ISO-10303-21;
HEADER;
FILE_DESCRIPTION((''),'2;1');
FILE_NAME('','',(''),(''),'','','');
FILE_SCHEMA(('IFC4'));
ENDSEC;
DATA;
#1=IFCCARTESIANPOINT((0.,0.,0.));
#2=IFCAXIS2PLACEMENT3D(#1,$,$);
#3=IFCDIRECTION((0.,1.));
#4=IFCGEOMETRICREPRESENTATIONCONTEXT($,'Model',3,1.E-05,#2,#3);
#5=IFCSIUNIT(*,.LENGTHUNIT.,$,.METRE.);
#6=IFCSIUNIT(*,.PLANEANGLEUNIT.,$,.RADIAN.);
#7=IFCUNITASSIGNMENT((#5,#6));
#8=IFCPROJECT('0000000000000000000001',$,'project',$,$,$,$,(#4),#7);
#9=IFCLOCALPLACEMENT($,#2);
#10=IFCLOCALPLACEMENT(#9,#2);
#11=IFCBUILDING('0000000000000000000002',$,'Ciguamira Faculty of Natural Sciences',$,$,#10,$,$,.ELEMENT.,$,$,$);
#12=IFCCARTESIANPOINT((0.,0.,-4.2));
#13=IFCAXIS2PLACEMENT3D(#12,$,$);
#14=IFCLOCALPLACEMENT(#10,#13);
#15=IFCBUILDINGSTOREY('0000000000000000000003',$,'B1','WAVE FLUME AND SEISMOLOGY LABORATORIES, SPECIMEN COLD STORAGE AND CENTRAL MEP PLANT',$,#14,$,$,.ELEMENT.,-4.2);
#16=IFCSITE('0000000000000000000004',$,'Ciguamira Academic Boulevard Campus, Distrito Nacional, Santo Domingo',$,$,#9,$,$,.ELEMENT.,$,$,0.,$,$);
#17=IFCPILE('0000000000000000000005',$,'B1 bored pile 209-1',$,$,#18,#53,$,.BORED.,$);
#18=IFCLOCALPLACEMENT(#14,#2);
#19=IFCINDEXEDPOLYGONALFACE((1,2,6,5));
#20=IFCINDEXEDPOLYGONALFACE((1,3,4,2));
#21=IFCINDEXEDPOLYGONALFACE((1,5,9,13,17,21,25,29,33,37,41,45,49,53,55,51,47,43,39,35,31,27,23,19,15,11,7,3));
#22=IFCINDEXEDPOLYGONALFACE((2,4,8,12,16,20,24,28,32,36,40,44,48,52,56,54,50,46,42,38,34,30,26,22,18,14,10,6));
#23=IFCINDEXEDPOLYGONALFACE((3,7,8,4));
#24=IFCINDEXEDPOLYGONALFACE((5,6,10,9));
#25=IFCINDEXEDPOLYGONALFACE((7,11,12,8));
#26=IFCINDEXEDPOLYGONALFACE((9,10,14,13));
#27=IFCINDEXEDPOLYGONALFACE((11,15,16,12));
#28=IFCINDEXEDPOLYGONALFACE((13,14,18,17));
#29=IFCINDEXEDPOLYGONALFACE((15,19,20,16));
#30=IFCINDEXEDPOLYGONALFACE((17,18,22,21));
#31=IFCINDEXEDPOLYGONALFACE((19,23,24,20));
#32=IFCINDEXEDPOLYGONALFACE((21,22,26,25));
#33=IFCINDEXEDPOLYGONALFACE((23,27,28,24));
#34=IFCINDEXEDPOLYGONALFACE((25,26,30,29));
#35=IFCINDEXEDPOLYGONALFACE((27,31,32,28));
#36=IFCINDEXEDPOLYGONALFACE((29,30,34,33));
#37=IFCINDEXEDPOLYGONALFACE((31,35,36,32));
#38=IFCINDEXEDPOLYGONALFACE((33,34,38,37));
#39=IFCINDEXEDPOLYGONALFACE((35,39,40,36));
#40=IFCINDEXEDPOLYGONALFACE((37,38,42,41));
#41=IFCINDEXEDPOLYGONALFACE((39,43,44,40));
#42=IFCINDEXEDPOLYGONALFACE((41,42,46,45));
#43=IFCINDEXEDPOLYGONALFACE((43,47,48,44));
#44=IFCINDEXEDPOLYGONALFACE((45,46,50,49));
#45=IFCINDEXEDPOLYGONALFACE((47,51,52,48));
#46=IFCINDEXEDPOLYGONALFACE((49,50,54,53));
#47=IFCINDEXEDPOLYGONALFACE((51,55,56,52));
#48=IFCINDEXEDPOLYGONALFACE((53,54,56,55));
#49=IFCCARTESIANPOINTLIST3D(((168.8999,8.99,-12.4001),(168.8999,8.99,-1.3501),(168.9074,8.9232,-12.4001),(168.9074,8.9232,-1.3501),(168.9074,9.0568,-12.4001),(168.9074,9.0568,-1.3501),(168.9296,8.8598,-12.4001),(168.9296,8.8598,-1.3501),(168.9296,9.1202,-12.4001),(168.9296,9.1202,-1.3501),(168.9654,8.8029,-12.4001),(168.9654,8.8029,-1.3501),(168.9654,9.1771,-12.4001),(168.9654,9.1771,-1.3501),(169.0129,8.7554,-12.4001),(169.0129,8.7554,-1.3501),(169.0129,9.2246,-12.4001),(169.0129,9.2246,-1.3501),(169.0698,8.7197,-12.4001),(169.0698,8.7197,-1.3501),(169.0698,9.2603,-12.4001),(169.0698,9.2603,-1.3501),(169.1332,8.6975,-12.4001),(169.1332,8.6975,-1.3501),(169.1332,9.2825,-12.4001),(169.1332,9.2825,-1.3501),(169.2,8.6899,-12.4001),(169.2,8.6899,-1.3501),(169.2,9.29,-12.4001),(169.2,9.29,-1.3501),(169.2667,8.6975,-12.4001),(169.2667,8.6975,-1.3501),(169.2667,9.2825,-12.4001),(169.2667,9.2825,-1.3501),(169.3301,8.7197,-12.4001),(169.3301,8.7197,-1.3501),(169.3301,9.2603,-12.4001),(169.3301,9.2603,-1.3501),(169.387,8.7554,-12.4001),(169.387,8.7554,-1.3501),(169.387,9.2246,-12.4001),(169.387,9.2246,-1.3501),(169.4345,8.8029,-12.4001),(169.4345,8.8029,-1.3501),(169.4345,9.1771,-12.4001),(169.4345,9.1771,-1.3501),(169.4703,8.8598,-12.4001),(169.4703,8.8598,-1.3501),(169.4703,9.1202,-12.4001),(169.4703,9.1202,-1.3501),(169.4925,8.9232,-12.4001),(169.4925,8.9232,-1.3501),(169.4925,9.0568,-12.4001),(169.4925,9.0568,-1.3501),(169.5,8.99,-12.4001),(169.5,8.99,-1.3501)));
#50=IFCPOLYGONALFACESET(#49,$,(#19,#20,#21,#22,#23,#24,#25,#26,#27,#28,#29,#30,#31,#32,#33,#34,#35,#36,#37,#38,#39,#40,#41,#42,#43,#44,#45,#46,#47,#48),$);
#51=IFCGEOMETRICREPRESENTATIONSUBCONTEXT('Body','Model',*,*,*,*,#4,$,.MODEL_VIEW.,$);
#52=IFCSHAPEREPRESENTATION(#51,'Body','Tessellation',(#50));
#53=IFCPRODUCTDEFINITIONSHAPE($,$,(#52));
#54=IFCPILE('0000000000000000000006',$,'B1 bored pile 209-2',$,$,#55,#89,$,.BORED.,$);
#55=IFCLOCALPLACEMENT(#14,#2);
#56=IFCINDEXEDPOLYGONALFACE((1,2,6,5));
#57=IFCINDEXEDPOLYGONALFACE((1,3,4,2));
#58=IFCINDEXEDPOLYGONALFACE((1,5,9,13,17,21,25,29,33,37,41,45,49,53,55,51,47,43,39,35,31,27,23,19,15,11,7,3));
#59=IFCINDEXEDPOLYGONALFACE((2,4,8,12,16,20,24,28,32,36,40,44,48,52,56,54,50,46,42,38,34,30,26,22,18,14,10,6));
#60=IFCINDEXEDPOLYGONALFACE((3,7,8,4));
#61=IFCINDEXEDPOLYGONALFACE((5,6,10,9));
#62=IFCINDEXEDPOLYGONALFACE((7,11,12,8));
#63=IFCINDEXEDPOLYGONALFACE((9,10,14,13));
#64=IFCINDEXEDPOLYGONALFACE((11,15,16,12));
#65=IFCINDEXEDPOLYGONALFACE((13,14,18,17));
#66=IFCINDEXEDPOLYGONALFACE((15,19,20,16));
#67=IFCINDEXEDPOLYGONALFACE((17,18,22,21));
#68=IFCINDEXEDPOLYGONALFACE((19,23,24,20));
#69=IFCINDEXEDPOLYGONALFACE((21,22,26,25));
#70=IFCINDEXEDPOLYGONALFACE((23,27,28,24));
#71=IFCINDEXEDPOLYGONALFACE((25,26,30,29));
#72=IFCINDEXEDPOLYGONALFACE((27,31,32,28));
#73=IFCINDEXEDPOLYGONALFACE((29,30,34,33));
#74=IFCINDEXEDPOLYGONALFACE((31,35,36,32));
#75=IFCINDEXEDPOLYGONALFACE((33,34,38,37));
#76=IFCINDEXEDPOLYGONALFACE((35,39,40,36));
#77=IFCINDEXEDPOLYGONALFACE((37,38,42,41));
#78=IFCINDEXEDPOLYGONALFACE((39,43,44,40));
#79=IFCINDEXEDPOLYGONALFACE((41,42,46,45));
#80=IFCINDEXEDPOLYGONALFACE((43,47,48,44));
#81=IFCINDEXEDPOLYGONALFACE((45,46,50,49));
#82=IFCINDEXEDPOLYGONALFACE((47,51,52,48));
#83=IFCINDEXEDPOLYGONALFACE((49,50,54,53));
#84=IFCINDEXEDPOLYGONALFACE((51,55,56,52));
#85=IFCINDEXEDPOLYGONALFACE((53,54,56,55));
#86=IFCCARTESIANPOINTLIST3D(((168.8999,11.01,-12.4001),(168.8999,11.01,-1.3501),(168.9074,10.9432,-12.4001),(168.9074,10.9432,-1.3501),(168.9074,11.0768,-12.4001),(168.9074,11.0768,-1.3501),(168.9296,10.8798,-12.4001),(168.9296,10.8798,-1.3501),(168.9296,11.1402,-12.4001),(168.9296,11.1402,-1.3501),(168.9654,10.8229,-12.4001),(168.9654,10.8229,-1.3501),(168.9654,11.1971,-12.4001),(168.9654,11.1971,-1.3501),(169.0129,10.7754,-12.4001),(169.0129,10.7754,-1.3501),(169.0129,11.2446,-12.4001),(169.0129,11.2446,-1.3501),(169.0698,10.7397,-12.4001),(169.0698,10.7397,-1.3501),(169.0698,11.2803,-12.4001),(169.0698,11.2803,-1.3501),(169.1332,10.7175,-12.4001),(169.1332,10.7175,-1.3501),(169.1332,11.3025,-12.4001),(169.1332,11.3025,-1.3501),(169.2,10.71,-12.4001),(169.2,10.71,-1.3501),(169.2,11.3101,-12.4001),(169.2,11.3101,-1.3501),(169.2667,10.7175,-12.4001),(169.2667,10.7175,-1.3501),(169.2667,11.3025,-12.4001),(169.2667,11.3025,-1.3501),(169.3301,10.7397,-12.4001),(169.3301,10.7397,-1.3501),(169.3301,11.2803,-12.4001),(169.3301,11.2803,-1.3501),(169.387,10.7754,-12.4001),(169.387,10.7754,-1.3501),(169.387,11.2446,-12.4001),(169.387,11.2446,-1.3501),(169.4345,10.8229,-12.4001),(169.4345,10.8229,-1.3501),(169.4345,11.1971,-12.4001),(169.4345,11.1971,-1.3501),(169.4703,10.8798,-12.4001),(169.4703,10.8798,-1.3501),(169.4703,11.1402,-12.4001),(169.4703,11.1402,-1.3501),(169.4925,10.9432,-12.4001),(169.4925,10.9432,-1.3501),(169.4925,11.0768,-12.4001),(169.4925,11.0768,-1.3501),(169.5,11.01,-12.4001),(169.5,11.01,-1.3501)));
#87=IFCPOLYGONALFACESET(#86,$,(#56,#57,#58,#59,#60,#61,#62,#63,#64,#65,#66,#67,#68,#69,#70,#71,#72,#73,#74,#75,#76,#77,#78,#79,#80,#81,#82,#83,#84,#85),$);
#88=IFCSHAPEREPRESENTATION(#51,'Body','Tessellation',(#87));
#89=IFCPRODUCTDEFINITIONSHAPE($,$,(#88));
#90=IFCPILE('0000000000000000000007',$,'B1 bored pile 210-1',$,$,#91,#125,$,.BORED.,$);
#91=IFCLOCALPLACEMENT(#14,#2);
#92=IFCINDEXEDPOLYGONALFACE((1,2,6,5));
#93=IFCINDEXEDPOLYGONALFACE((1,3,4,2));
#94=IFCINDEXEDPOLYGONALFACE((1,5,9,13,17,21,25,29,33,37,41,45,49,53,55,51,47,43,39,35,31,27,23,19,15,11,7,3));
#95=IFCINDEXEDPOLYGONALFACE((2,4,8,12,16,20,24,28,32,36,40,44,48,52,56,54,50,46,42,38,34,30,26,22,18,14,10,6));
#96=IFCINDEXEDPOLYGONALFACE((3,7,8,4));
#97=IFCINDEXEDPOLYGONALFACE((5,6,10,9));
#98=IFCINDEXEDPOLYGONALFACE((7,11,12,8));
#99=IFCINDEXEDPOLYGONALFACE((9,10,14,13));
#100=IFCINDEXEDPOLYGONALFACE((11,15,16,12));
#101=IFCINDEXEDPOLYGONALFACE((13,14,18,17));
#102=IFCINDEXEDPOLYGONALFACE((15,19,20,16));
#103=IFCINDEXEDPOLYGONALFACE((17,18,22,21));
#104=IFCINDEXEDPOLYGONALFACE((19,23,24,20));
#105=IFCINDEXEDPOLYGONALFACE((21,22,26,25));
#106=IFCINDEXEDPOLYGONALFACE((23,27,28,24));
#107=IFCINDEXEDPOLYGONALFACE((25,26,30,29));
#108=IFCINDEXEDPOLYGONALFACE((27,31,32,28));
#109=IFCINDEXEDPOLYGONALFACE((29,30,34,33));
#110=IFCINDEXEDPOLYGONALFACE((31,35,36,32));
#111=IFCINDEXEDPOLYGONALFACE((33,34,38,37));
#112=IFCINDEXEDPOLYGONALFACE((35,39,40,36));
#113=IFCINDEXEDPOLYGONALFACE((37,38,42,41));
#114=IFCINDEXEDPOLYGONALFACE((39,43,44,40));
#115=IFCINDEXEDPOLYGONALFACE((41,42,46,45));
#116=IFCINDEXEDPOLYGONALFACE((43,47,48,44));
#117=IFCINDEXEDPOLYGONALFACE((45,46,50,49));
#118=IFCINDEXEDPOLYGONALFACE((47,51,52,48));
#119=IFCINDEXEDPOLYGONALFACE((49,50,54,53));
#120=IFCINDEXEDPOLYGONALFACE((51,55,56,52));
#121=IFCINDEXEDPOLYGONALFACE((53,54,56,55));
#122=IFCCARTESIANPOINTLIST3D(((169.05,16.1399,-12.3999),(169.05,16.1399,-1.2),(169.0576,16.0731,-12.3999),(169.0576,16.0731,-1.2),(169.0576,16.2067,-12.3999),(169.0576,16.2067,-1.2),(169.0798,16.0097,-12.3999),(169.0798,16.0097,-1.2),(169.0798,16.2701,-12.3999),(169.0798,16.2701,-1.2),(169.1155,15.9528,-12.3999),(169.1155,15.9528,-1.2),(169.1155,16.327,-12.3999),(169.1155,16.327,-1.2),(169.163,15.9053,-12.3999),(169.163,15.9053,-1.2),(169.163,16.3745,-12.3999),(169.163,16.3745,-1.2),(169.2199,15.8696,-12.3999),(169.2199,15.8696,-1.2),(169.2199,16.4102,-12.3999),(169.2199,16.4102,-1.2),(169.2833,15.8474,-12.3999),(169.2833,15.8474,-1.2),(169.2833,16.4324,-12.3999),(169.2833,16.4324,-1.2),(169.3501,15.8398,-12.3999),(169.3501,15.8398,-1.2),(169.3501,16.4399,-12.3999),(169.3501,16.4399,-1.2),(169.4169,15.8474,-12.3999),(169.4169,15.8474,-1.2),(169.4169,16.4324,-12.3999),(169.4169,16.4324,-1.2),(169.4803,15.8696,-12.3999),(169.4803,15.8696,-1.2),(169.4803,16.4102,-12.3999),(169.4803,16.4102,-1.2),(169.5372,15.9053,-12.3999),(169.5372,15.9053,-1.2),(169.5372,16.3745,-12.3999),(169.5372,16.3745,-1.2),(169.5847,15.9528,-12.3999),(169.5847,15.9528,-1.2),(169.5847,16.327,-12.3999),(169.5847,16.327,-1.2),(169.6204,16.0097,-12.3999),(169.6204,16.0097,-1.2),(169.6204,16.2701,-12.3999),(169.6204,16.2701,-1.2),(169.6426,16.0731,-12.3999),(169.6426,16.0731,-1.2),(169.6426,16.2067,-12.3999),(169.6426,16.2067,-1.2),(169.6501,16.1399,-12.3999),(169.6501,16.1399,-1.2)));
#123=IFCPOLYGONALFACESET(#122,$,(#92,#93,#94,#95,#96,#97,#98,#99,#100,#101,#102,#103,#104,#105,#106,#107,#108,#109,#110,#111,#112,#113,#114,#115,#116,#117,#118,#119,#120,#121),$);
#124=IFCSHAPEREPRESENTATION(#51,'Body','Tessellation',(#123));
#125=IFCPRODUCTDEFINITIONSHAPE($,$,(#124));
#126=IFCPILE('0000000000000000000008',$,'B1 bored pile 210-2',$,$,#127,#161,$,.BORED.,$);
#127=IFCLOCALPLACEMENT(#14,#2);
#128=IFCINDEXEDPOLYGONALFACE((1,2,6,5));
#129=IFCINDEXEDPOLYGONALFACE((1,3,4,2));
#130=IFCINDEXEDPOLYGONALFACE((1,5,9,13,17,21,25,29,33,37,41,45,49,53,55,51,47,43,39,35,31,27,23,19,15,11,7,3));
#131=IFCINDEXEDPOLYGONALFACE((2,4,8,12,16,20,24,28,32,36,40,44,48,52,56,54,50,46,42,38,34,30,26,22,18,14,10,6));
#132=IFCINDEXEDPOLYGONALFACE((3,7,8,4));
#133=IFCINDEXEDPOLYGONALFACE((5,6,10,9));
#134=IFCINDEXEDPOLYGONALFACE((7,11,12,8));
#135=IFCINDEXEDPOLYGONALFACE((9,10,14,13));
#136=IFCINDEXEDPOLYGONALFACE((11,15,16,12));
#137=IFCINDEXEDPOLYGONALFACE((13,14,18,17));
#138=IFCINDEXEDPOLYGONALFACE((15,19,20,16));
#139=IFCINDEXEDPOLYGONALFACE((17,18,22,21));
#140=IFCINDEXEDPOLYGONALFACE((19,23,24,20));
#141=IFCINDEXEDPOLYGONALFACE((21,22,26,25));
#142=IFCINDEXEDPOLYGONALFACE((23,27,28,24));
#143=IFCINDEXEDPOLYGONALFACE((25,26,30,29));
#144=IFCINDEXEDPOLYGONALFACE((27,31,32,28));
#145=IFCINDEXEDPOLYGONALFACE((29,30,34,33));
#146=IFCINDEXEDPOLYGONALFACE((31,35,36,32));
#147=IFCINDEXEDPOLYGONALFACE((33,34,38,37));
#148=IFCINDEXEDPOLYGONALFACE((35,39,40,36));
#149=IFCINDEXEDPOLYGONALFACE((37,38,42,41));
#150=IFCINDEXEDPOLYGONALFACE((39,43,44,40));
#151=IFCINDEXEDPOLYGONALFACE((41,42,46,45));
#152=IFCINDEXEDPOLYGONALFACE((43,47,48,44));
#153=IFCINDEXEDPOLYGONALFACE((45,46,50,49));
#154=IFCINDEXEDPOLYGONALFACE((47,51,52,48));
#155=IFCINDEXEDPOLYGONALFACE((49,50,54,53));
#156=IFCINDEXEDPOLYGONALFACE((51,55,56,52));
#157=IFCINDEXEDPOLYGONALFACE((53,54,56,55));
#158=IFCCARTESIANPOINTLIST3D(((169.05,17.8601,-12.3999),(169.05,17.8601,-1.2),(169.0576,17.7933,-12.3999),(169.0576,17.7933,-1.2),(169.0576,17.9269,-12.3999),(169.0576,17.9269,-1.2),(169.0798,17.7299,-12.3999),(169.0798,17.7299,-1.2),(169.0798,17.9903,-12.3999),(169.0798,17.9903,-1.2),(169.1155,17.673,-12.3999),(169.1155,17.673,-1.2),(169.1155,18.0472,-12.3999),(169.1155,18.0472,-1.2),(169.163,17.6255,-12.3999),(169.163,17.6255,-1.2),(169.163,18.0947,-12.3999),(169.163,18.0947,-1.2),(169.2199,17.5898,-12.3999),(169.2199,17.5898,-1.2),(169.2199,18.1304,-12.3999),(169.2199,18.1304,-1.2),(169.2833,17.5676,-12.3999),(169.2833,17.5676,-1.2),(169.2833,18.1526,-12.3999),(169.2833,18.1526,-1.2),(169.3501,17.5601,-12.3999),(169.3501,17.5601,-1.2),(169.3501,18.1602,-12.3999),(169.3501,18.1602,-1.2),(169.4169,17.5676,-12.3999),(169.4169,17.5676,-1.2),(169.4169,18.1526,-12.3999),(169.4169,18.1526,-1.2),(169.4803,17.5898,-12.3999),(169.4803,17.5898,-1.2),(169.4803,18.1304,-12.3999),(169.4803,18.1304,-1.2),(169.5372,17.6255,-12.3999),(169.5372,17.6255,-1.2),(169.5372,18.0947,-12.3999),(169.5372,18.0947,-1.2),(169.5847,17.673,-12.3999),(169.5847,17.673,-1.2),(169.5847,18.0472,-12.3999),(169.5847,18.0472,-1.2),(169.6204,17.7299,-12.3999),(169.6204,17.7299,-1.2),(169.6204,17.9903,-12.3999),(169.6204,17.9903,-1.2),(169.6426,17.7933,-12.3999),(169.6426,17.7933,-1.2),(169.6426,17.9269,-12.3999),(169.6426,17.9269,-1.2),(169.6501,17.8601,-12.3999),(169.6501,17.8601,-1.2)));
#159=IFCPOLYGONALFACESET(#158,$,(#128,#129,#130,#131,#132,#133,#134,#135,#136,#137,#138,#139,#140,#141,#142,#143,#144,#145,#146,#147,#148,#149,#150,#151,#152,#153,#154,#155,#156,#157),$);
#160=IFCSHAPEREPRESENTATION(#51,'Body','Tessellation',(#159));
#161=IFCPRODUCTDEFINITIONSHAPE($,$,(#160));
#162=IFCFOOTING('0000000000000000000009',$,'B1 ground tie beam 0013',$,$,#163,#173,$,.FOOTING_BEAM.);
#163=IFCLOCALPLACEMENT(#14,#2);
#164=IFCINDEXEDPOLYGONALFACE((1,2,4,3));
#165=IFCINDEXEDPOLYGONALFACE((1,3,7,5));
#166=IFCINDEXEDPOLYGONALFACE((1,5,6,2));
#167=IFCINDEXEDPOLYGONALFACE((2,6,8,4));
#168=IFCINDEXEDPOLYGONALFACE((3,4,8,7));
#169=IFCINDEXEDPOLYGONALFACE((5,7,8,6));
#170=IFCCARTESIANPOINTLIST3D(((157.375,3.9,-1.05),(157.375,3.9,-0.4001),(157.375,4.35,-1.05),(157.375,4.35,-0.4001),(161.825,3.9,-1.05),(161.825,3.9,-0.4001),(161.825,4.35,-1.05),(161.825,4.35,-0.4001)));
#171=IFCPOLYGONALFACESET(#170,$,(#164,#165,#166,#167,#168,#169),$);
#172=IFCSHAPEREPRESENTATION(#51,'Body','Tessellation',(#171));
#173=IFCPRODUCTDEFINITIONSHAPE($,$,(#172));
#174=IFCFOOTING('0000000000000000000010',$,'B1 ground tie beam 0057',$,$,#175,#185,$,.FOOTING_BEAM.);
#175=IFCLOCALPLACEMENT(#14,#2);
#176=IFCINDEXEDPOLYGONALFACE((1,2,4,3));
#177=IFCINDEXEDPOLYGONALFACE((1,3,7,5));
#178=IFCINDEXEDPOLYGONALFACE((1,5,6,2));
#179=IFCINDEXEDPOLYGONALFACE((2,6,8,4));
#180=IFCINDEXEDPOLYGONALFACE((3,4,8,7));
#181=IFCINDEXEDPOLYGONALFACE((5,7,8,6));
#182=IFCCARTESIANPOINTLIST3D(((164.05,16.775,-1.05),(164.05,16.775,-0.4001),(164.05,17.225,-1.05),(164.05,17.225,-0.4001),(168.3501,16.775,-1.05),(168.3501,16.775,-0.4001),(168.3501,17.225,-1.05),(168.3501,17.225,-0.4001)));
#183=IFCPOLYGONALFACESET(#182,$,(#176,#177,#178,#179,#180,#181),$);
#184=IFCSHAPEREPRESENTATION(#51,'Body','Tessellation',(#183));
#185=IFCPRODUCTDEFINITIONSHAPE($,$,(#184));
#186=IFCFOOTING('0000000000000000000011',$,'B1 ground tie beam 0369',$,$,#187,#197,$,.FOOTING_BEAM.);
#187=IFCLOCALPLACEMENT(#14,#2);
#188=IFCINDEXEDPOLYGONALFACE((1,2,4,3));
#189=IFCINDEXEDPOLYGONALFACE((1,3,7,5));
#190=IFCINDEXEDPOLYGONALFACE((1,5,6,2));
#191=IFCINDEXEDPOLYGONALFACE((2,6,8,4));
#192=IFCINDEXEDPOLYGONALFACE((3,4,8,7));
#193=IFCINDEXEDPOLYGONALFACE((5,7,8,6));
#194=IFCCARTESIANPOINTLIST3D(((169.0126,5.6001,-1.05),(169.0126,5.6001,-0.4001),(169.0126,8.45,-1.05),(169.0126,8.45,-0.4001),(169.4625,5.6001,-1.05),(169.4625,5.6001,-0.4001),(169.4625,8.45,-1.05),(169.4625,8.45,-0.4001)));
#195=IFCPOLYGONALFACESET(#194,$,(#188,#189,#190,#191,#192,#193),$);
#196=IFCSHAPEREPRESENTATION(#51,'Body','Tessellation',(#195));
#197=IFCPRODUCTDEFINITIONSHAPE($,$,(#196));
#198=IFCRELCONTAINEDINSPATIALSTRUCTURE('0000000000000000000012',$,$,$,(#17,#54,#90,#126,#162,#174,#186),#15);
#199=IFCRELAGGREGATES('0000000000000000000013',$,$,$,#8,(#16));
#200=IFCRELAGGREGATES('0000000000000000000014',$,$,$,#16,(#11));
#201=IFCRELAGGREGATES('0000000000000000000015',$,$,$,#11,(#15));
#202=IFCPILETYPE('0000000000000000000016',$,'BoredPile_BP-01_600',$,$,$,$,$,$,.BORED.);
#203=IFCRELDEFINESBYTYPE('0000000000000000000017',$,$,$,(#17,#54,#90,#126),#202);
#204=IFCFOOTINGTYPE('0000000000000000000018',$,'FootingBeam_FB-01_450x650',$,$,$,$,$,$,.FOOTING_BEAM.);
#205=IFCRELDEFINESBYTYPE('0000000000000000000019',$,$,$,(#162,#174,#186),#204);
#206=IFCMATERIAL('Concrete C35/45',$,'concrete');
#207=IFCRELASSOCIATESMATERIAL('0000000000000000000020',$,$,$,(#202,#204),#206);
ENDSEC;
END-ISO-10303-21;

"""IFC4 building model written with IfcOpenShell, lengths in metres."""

from ifc_helpers import new_model, si_unit, direction, frame, origin, origin_2d, place, context, subcontext, project, spatial, rectangle, circle, extrude, material, material_profile, profile_set, type_object, element, save


model = new_model("IFC4")

# Units and contexts
model_context = context("Model", 3, precision=1e-05, world=origin(), true_north=direction((0.0, 1.0)))
body_context = subcontext(model_context, "Body", "Model", "MODEL_VIEW")
ifc_project = project(units=[si_unit("LENGTHUNIT", "METRE"), si_unit("PLANEANGLEUNIT", "RADIAN")], contexts=[model_context])

# Site, building, storey
site_placement = place(None, origin())
site = spatial("IfcSite", under=ifc_project, at=site_placement, Name="Ciguamira Academic Boulevard Campus, Distrito Nacional, Santo Domingo", CompositionType="ELEMENT", RefElevation=0.0)
building_placement = place(site_placement, origin())
building = spatial("IfcBuilding", under=site, at=building_placement, Name="Ciguamira Faculty of Natural Sciences", CompositionType="ELEMENT")
storey_placement = place(building_placement, frame((0.0, 0.0, -4.2)))
storey = spatial("IfcBuildingStorey", under=building, at=storey_placement, Name="B1", Description="WAVE FLUME AND SEISMOLOGY LABORATORIES, SPECIMEN COLD STORAGE AND CENTRAL MEP PLANT", CompositionType="ELEMENT", Elevation=-4.2)

# Piles
ifc_material_1 = material(Name="Concrete C35/45", Category="concrete")
ifc_material_profile_1 = material_profile(ifc_material_1, circle(Radius=0.3, at=origin_2d()), Name="PILE-BORED-600")
ifc_profile_set_1 = profile_set([ifc_material_profile_1], Name="Concrete C35/45")
pile_type = type_object("IfcPileType", Name="BoredPile_BP-01_600", PredefinedType="BORED", material=ifc_profile_set_1)
for number, where, z_axis, x_axis, name in (
    (1, (169.2, 8.99, -1.3501), (0.0, 0.0, -1.0), (1.0, 0.0, 0.0), "B1 bored pile 209-1"),
    (2, (169.2, 11.01, -1.3501), (0.0, 0.0, -1.0), (1.0, 0.0, 0.0), "B1 bored pile 209-2"),
):
    element("IfcPile", number, at=place(storey_placement, frame(where, z_axis=z_axis, x_axis=x_axis)), inside=storey, type_object=pile_type, Name=name, PredefinedType="BORED", context=body_context, shape_type="SweptSolid", body=[
        extrude(circle(Radius=0.3, at=origin_2d()), origin(), (0.0, 0.0, 1.0), 11.05),
    ])
for number, where, z_axis, x_axis, name in (
    (3, (169.3501, 16.1399, -1.2), (0.0, 0.0, -1.0), (1.0, 0.0, 0.0), "B1 bored pile 210-1"),
    (4, (169.3501, 17.8601, -1.2), (0.0, 0.0, -1.0), (1.0, 0.0, 0.0), "B1 bored pile 210-2"),
):
    element("IfcPile", number, at=place(storey_placement, frame(where, z_axis=z_axis, x_axis=x_axis)), inside=storey, type_object=pile_type, Name=name, PredefinedType="BORED", context=body_context, shape_type="SweptSolid", body=[
        extrude(circle(Radius=0.3, at=origin_2d()), origin(), (0.0, 0.0, 1.0), 11.2),
    ])

# Footings
ifc_material_profile_2 = material_profile(ifc_material_1, rectangle(XDim=0.45, YDim=0.6499, at=origin_2d()), Name="RC-FB-450X650")
ifc_profile_set_2 = profile_set([ifc_material_profile_2], Name="Concrete C35/45")
footing_type_1 = type_object("IfcFootingType", Name="FootingBeam_FB-01_450x650", PredefinedType="FOOTING_BEAM", material=ifc_profile_set_2)
footing_1_placement = place(storey_placement, frame((157.375, 4.125, -0.7251), z_axis=(1.0, 0.0, 0.0), x_axis=(0.0, 1.0, 0.0)))
element("IfcFooting", 5, at=footing_1_placement, inside=storey, type_object=footing_type_1, Name="B1 ground tie beam 0013", PredefinedType="FOOTING_BEAM", context=body_context, shape_type="SweptSolid", body=[
    extrude(rectangle(XDim=0.45, YDim=0.6499, at=origin_2d()), origin(), (0.0, 0.0, 1.0), 4.45),
])
footing_2_placement = place(storey_placement, frame((164.05, 17.0, -0.7251), z_axis=(1.0, 0.0, 0.0), x_axis=(0.0, 1.0, 0.0)))
element("IfcFooting", 6, at=footing_2_placement, inside=storey, type_object=footing_type_1, Name="B1 ground tie beam 0057", PredefinedType="FOOTING_BEAM", context=body_context, shape_type="SweptSolid", body=[
    extrude(rectangle(XDim=0.45, YDim=0.6499, at=origin_2d()), origin(), (0.0, 0.0, 1.0), 4.3),
])
footing_3_placement = place(storey_placement, frame((169.2375, 5.6001, -0.7251), z_axis=(0.0, 1.0, 0.0), x_axis=(-1.0, 0.0, 0.0)))
element("IfcFooting", 7, at=footing_3_placement, inside=storey, type_object=footing_type_1, Name="B1 ground tie beam 0369", PredefinedType="FOOTING_BEAM", context=body_context, shape_type="SweptSolid", body=[
    extrude(rectangle(XDim=0.45, YDim=0.6499, at=origin_2d()), origin(), (0.0, 0.0, 1.0), 2.8499),
])

save(model, "model.ifc")
